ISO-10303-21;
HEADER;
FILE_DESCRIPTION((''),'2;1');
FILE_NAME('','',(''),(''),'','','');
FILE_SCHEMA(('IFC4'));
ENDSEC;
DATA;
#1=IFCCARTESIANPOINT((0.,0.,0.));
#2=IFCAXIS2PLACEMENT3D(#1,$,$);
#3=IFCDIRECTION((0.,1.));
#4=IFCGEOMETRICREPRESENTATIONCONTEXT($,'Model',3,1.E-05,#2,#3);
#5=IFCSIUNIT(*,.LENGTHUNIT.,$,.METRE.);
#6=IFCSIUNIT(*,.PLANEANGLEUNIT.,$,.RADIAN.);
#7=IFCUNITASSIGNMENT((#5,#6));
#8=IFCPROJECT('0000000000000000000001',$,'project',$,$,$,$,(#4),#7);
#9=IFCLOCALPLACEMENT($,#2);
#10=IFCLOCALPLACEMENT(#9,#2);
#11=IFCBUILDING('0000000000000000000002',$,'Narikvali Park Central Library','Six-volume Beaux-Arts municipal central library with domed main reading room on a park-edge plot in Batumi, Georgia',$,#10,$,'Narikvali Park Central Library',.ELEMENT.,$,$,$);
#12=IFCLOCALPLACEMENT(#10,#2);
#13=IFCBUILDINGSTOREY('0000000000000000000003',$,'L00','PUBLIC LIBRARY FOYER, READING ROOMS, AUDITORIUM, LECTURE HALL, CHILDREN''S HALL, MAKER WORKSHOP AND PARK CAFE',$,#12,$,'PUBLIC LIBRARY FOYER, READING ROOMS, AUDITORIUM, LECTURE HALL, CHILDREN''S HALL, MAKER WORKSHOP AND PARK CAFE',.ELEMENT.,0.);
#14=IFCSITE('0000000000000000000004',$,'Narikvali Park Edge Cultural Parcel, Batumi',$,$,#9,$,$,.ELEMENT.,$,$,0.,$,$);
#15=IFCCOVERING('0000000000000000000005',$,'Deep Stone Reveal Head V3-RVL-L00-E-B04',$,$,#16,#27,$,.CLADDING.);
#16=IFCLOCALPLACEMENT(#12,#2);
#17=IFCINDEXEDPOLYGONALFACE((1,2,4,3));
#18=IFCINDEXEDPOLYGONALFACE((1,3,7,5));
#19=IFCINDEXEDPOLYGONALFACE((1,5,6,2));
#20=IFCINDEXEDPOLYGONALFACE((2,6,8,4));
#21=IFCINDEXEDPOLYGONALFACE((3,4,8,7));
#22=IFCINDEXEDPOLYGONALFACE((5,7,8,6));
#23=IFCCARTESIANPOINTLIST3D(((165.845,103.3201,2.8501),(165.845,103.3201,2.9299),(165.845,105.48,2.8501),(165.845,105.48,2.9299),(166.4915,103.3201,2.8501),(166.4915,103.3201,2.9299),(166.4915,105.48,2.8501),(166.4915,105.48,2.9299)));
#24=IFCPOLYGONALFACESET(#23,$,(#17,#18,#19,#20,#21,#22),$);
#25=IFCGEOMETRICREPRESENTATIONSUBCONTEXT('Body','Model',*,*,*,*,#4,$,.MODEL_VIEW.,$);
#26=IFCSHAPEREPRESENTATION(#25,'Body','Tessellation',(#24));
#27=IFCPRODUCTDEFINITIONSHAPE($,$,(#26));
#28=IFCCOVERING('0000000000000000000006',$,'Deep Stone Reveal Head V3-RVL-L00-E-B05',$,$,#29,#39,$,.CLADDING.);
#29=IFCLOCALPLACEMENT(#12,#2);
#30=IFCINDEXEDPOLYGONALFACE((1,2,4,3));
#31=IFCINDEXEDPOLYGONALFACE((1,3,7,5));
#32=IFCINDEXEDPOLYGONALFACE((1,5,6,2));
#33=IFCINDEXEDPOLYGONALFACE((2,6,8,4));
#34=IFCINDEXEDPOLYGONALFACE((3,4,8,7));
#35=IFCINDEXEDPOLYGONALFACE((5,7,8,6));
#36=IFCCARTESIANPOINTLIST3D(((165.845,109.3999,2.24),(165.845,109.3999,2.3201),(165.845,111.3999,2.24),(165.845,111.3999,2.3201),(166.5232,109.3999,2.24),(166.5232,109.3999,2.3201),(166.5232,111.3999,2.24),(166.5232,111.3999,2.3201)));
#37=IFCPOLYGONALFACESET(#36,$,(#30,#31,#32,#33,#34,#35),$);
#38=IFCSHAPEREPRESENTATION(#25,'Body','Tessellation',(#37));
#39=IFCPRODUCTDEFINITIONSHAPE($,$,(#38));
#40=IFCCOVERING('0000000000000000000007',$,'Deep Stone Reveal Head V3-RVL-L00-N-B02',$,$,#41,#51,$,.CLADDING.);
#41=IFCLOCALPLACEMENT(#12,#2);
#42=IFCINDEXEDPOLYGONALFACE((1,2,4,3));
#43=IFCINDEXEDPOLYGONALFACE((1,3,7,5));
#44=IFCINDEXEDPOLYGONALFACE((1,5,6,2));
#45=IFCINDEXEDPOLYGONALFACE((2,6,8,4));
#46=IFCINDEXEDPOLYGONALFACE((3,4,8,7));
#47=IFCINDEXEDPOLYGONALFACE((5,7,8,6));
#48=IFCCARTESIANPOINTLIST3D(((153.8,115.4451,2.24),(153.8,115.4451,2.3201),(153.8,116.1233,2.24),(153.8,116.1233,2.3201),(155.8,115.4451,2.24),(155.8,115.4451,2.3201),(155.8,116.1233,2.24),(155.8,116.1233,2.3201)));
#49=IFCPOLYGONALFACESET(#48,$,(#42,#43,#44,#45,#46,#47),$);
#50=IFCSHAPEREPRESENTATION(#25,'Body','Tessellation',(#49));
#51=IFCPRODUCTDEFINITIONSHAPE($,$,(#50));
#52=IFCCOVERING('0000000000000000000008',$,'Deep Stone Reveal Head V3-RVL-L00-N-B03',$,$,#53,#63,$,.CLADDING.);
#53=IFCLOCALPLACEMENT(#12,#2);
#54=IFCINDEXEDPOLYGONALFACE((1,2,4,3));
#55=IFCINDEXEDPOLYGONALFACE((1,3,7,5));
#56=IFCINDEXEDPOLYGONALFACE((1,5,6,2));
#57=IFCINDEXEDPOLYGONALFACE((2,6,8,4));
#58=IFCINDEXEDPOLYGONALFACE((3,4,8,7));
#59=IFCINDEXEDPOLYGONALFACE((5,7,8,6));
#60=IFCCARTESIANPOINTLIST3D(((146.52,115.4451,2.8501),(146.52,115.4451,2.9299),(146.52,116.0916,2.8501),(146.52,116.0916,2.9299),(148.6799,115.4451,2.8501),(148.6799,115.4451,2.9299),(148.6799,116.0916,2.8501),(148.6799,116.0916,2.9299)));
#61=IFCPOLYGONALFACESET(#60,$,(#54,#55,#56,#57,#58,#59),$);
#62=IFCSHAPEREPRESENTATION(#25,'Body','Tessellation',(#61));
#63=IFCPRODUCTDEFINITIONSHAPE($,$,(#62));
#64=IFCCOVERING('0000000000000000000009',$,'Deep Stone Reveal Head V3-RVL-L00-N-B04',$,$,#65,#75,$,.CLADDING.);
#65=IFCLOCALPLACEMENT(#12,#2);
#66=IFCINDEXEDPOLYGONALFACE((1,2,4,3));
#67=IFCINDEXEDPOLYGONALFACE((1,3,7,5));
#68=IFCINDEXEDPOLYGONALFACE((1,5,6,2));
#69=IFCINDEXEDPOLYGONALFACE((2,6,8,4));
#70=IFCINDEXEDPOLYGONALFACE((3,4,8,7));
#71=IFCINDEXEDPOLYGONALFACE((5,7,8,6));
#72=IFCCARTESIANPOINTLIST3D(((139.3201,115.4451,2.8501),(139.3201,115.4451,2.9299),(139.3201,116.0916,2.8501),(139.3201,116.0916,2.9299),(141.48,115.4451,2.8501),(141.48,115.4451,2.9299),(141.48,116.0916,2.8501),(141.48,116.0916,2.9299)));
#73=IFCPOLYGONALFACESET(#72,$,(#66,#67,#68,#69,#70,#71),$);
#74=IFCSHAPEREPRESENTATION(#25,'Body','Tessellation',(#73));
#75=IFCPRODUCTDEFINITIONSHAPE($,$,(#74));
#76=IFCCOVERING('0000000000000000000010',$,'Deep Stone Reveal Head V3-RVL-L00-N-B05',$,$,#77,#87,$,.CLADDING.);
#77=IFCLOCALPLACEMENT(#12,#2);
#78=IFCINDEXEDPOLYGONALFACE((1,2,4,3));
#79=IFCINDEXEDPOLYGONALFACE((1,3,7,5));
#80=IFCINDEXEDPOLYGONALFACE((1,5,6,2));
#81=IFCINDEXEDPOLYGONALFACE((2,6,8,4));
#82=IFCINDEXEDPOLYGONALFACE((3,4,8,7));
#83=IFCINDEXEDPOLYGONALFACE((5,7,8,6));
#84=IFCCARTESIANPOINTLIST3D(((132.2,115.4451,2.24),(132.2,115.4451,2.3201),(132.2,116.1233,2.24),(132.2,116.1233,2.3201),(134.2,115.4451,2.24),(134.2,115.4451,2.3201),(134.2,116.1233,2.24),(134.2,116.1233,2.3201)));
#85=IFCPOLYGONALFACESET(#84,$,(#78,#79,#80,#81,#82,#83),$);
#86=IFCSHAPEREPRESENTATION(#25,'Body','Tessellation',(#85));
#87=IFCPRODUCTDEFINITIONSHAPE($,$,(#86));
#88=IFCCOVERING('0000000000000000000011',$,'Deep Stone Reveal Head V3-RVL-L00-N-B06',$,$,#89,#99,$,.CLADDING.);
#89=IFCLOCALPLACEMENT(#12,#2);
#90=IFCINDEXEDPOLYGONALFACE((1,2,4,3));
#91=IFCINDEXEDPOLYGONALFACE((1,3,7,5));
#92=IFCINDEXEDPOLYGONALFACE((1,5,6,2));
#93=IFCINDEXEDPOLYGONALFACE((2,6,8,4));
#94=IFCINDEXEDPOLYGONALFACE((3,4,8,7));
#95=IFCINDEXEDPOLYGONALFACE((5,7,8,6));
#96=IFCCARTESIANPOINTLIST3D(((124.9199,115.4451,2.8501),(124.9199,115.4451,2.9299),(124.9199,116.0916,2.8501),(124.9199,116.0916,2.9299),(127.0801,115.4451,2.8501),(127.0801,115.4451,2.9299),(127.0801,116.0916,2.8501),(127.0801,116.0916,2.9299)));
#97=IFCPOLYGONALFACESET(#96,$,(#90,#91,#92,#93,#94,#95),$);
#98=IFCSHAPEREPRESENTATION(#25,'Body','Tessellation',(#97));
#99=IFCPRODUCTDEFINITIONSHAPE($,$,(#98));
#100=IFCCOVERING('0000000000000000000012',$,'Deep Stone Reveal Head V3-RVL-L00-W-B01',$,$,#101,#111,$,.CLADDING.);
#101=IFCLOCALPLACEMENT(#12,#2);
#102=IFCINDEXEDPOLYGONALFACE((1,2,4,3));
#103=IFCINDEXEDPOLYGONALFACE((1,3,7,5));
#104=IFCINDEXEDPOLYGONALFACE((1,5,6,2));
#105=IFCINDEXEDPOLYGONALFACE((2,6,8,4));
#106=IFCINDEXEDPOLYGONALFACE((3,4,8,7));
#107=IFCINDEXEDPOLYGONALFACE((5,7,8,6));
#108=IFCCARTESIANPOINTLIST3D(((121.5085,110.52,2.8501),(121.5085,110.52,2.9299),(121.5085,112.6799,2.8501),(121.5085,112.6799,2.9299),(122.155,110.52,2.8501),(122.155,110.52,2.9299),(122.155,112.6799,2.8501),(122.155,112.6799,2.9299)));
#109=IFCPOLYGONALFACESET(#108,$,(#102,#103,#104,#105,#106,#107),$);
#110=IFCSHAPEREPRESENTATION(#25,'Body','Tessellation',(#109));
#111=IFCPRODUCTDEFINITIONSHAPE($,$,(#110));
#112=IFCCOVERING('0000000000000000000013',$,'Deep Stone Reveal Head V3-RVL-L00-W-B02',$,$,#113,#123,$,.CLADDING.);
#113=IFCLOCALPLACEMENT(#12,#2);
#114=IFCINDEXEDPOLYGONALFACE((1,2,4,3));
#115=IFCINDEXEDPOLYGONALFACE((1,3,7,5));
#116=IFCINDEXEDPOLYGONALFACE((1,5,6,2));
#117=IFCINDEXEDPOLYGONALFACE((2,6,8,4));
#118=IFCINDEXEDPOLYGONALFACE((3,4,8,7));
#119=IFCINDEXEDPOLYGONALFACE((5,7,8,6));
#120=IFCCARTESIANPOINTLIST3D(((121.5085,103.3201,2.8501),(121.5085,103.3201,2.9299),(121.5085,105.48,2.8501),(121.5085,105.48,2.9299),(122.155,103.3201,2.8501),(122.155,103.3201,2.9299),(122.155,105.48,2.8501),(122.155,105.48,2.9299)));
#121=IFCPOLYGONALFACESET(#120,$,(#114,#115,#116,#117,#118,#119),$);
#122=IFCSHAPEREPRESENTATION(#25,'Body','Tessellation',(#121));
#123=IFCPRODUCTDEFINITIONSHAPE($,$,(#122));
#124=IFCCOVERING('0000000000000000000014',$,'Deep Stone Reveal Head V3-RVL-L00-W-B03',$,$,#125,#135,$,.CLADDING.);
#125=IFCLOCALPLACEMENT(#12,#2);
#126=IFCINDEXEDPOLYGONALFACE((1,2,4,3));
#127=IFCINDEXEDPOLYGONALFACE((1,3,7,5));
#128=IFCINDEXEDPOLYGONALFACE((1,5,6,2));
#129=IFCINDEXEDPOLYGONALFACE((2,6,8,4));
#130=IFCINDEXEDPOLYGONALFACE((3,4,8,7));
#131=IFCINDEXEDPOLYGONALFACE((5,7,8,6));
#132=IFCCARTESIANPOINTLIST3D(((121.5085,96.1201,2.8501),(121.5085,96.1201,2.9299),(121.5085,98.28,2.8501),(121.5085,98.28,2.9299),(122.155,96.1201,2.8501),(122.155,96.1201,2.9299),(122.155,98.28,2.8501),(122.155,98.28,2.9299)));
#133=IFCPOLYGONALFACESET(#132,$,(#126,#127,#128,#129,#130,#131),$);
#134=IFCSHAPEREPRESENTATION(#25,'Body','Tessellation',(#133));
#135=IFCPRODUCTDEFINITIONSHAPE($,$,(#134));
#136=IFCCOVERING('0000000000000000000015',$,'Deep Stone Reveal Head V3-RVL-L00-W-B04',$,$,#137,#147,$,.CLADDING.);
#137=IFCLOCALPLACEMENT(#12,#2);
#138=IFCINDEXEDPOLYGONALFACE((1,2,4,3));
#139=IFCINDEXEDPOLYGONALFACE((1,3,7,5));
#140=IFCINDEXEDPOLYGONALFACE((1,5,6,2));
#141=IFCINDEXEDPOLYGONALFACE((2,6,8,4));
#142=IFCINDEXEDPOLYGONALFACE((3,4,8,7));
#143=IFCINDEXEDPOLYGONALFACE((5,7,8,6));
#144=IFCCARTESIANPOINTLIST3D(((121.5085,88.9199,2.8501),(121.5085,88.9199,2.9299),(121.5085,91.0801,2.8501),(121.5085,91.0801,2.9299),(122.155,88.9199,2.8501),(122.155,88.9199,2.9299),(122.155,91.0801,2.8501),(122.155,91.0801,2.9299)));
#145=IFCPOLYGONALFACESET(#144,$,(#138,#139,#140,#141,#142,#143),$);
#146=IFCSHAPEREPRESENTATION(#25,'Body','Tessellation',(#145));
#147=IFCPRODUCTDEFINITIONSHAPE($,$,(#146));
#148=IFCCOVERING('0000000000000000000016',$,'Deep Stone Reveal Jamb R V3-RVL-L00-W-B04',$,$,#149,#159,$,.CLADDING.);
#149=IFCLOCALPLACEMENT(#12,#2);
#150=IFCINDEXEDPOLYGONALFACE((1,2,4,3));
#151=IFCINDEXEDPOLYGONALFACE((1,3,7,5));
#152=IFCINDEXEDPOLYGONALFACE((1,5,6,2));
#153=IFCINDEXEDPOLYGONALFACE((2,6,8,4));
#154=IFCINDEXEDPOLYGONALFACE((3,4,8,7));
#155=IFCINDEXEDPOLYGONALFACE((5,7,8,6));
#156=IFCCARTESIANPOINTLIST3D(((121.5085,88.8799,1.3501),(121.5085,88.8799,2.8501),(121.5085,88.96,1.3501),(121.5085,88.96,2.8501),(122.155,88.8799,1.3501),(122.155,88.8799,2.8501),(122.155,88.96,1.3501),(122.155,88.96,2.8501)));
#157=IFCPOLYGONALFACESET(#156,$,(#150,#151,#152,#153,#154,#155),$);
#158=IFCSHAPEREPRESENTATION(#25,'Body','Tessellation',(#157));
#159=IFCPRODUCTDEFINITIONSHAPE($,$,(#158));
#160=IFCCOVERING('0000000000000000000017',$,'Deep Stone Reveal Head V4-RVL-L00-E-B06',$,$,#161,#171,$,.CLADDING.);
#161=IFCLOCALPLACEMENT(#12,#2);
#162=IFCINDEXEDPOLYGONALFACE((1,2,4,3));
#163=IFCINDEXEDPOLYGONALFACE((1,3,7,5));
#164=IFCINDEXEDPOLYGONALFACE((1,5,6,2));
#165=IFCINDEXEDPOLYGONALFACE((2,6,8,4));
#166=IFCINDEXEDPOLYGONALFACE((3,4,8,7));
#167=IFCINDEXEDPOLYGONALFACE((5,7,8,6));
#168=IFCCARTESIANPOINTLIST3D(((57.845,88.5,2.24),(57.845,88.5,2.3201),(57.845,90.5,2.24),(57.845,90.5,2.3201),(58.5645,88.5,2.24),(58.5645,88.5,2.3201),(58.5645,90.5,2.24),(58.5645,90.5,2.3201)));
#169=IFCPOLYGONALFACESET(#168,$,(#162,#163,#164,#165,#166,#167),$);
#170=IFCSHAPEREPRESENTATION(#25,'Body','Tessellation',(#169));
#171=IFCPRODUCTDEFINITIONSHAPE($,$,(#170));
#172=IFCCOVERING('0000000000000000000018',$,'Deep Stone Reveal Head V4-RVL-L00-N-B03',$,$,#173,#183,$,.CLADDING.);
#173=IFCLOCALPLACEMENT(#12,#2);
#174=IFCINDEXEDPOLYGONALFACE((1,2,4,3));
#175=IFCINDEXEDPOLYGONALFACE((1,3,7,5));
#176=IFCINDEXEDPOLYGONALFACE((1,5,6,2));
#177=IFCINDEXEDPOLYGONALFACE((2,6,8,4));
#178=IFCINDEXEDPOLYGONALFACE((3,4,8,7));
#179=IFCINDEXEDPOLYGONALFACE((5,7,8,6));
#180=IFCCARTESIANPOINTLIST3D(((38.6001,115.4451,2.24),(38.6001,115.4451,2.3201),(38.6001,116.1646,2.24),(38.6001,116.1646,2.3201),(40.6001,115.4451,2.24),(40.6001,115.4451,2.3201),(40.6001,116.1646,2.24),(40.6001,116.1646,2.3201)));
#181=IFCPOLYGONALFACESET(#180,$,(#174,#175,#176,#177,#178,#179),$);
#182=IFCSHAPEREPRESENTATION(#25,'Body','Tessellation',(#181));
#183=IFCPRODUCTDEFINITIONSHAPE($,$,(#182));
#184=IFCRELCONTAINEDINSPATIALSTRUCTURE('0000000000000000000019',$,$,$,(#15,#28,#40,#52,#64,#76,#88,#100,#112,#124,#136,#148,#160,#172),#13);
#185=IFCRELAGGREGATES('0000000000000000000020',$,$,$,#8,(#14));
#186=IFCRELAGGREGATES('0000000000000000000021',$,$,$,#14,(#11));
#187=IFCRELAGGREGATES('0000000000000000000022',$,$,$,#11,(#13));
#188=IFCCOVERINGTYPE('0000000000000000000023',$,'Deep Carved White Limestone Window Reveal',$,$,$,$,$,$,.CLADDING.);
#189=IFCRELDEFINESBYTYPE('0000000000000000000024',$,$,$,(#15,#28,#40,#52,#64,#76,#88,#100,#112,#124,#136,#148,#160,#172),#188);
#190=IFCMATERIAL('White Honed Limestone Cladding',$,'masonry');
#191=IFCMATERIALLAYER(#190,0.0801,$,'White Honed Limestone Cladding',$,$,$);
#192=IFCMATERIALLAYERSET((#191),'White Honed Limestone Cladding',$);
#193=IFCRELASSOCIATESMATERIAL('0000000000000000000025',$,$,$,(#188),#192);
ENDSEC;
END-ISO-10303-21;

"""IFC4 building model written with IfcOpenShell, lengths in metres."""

from ifc_helpers import new_model, si_unit, direction, frame, origin, place, context, subcontext, project, spatial, polyline, outline, extrude, material, layer, layer_set, type_object, element, save


model = new_model("IFC4")

# Units and contexts
model_context = context("Model", 3, precision=1e-05, world=origin(), true_north=direction((0.0, 1.0)))
body_context = subcontext(model_context, "Body", "Model", "MODEL_VIEW")
ifc_project = project(units=[si_unit("LENGTHUNIT", "METRE"), si_unit("PLANEANGLEUNIT", "RADIAN")], contexts=[model_context])

# Site, building, storey
site_placement = place(None, origin())
site = spatial("IfcSite", under=ifc_project, at=site_placement, Name="Narikvali Park Edge Cultural Parcel, Batumi", CompositionType="ELEMENT", RefElevation=0.0)
building_placement = place(site_placement, origin())
building = spatial("IfcBuilding", under=site, at=building_placement, Name="Narikvali Park Central Library", Description="Six-volume Beaux-Arts municipal central library with domed main reading room on a park-edge plot in Batumi, Georgia", LongName="Narikvali Park Central Library", CompositionType="ELEMENT")
storey_placement = place(building_placement, origin())
storey = spatial("IfcBuildingStorey", under=building, at=storey_placement, Name="L00", Description="PUBLIC LIBRARY FOYER, READING ROOMS, AUDITORIUM, LECTURE HALL, CHILDREN'S HALL, MAKER WORKSHOP AND PARK CAFE", LongName="PUBLIC LIBRARY FOYER, READING ROOMS, AUDITORIUM, LECTURE HALL, CHILDREN'S HALL, MAKER WORKSHOP AND PARK CAFE", CompositionType="ELEMENT", Elevation=0.0)

# Coverings
ifc_material = material(Name="White Honed Limestone Cladding", Category="masonry")
ifc_layer_1 = layer(ifc_material, 0.0801, Name="White Honed Limestone Cladding")
ifc_layer_set_1 = layer_set([ifc_layer_1], Name="White Honed Limestone Cladding")
covering_type_1 = type_object("IfcCoveringType", Name="Deep Carved White Limestone Window Reveal", PredefinedType="CLADDING", material=ifc_layer_set_1)
covering_1_placement = place(storey_placement, frame((0.0, 0.0, 2.8501)))
element("IfcCovering", 1, at=covering_1_placement, inside=storey, type_object=covering_type_1, Name="Deep Stone Reveal Head V3-RVL-L00-E-B04", PredefinedType="CLADDING", context=body_context, shape_type="SweptSolid", body=[
    extrude(outline(polyline([(165.845, 103.3201), (165.845, 105.48), (166.4915, 105.48), (166.4915, 103.3201), (165.845, 103.3201)])), origin(), (0.0, 0.0, 1.0), 0.0798),
])
covering_2_placement = place(storey_placement, frame((0.0, 0.0, 2.24)))
element("IfcCovering", 2, at=covering_2_placement, inside=storey, type_object=covering_type_1, Name="Deep Stone Reveal Head V3-RVL-L00-E-B05", PredefinedType="CLADDING", context=body_context, shape_type="SweptSolid", body=[
    extrude(outline(polyline([(165.845, 109.3999), (165.845, 111.3999), (166.5232, 111.3999), (166.5232, 109.3999), (165.845, 109.3999)])), origin(), (0.0, 0.0, 1.0), 0.0801),
])
covering_3_placement = place(storey_placement, frame((0.0, 0.0, 2.24)))
element("IfcCovering", 3, at=covering_3_placement, inside=storey, type_object=covering_type_1, Name="Deep Stone Reveal Head V3-RVL-L00-N-B02", PredefinedType="CLADDING", context=body_context, shape_type="SweptSolid", body=[
    extrude(outline(polyline([(155.8, 115.4451), (153.8, 115.4451), (153.8, 116.1233), (155.8, 116.1233), (155.8, 115.4451)])), origin(), (0.0, 0.0, 1.0), 0.0801),
])
covering_4_placement = place(storey_placement, frame((0.0, 0.0, 2.8501)))
element("IfcCovering", 4, at=covering_4_placement, inside=storey, type_object=covering_type_1, Name="Deep Stone Reveal Head V3-RVL-L00-N-B03", PredefinedType="CLADDING", context=body_context, shape_type="SweptSolid", body=[
    extrude(outline(polyline([(148.6799, 115.4451), (146.52, 115.4451), (146.52, 116.0916), (148.6799, 116.0916), (148.6799, 115.4451)])), origin(), (0.0, 0.0, 1.0), 0.0798),
])
covering_5_placement = place(storey_placement, frame((0.0, 0.0, 2.8501)))
element("IfcCovering", 5, at=covering_5_placement, inside=storey, type_object=covering_type_1, Name="Deep Stone Reveal Head V3-RVL-L00-N-B04", PredefinedType="CLADDING", context=body_context, shape_type="SweptSolid", body=[
    extrude(outline(polyline([(141.48, 115.4451), (139.3201, 115.4451), (139.3201, 116.0916), (141.48, 116.0916), (141.48, 115.4451)])), origin(), (0.0, 0.0, 1.0), 0.0798),
])
covering_6_placement = place(storey_placement, frame((0.0, 0.0, 2.24)))
element("IfcCovering", 6, at=covering_6_placement, inside=storey, type_object=covering_type_1, Name="Deep Stone Reveal Head V3-RVL-L00-N-B05", PredefinedType="CLADDING", context=body_context, shape_type="SweptSolid", body=[
    extrude(outline(polyline([(134.2, 115.4451), (132.2, 115.4451), (132.2, 116.1233), (134.2, 116.1233), (134.2, 115.4451)])), origin(), (0.0, 0.0, 1.0), 0.0801),
])
covering_7_placement = place(storey_placement, frame((0.0, 0.0, 2.8501)))
element("IfcCovering", 7, at=covering_7_placement, inside=storey, type_object=covering_type_1, Name="Deep Stone Reveal Head V3-RVL-L00-N-B06", PredefinedType="CLADDING", context=body_context, shape_type="SweptSolid", body=[
    extrude(outline(polyline([(127.0801, 115.4451), (124.9199, 115.4451), (124.9199, 116.0916), (127.0801, 116.0916), (127.0801, 115.4451)])), origin(), (0.0, 0.0, 1.0), 0.0798),
])
covering_8_placement = place(storey_placement, frame((0.0, 0.0, 2.8501)))
element("IfcCovering", 8, at=covering_8_placement, inside=storey, type_object=covering_type_1, Name="Deep Stone Reveal Head V3-RVL-L00-W-B01", PredefinedType="CLADDING", context=body_context, shape_type="SweptSolid", body=[
    extrude(outline(polyline([(122.155, 112.6799), (122.155, 110.52), (121.5085, 110.52), (121.5085, 112.6799), (122.155, 112.6799)])), origin(), (0.0, 0.0, 1.0), 0.0798),
])
covering_9_placement = place(storey_placement, frame((0.0, 0.0, 2.8501)))
element("IfcCovering", 9, at=covering_9_placement, inside=storey, type_object=covering_type_1, Name="Deep Stone Reveal Head V3-RVL-L00-W-B02", PredefinedType="CLADDING", context=body_context, shape_type="SweptSolid", body=[
    extrude(outline(polyline([(122.155, 105.48), (122.155, 103.3201), (121.5085, 103.3201), (121.5085, 105.48), (122.155, 105.48)])), origin(), (0.0, 0.0, 1.0), 0.0798),
])
covering_10_placement = place(storey_placement, frame((0.0, 0.0, 2.8501)))
element("IfcCovering", 10, at=covering_10_placement, inside=storey, type_object=covering_type_1, Name="Deep Stone Reveal Head V3-RVL-L00-W-B03", PredefinedType="CLADDING", context=body_context, shape_type="SweptSolid", body=[
    extrude(outline(polyline([(122.155, 98.28), (122.155, 96.1201), (121.5085, 96.1201), (121.5085, 98.28), (122.155, 98.28)])), origin(), (0.0, 0.0, 1.0), 0.0798),
])
covering_11_placement = place(storey_placement, frame((0.0, 0.0, 2.8501)))
element("IfcCovering", 11, at=covering_11_placement, inside=storey, type_object=covering_type_1, Name="Deep Stone Reveal Head V3-RVL-L00-W-B04", PredefinedType="CLADDING", context=body_context, shape_type="SweptSolid", body=[
    extrude(outline(polyline([(122.155, 91.0801), (122.155, 88.9199), (121.5085, 88.9199), (121.5085, 91.0801), (122.155, 91.0801)])), origin(), (0.0, 0.0, 1.0), 0.0798),
])
covering_12_placement = place(storey_placement, frame((0.0, 0.0, 1.3501)))
element("IfcCovering", 12, at=covering_12_placement, inside=storey, type_object=covering_type_1, Name="Deep Stone Reveal Jamb R V3-RVL-L00-W-B04", PredefinedType="CLADDING", context=body_context, shape_type="SweptSolid", body=[
    extrude(outline(polyline([(122.155, 88.96), (122.155, 88.8799), (121.5085, 88.8799), (121.5085, 88.96), (122.155, 88.96)])), origin(), (0.0, 0.0, 1.0), 1.5),
])
covering_13_placement = place(storey_placement, frame((0.0, 0.0, 2.24)))
element("IfcCovering", 13, at=covering_13_placement, inside=storey, type_object=covering_type_1, Name="Deep Stone Reveal Head V4-RVL-L00-E-B06", PredefinedType="CLADDING", context=body_context, shape_type="SweptSolid", body=[
    extrude(outline(polyline([(57.845, 88.5), (57.845, 90.5), (58.5645, 90.5), (58.5645, 88.5), (57.845, 88.5)])), origin(), (0.0, 0.0, 1.0), 0.0801),
])
covering_14_placement = place(storey_placement, frame((0.0, 0.0, 2.24)))
element("IfcCovering", 14, at=covering_14_placement, inside=storey, type_object=covering_type_1, Name="Deep Stone Reveal Head V4-RVL-L00-N-B03", PredefinedType="CLADDING", context=body_context, shape_type="SweptSolid", body=[
    extrude(outline(polyline([(40.6001, 115.4451), (38.6001, 115.4451), (38.6001, 116.1646), (40.6001, 116.1646), (40.6001, 115.4451)])), origin(), (0.0, 0.0, 1.0), 0.0801),
])

save(model, "model.ifc")
